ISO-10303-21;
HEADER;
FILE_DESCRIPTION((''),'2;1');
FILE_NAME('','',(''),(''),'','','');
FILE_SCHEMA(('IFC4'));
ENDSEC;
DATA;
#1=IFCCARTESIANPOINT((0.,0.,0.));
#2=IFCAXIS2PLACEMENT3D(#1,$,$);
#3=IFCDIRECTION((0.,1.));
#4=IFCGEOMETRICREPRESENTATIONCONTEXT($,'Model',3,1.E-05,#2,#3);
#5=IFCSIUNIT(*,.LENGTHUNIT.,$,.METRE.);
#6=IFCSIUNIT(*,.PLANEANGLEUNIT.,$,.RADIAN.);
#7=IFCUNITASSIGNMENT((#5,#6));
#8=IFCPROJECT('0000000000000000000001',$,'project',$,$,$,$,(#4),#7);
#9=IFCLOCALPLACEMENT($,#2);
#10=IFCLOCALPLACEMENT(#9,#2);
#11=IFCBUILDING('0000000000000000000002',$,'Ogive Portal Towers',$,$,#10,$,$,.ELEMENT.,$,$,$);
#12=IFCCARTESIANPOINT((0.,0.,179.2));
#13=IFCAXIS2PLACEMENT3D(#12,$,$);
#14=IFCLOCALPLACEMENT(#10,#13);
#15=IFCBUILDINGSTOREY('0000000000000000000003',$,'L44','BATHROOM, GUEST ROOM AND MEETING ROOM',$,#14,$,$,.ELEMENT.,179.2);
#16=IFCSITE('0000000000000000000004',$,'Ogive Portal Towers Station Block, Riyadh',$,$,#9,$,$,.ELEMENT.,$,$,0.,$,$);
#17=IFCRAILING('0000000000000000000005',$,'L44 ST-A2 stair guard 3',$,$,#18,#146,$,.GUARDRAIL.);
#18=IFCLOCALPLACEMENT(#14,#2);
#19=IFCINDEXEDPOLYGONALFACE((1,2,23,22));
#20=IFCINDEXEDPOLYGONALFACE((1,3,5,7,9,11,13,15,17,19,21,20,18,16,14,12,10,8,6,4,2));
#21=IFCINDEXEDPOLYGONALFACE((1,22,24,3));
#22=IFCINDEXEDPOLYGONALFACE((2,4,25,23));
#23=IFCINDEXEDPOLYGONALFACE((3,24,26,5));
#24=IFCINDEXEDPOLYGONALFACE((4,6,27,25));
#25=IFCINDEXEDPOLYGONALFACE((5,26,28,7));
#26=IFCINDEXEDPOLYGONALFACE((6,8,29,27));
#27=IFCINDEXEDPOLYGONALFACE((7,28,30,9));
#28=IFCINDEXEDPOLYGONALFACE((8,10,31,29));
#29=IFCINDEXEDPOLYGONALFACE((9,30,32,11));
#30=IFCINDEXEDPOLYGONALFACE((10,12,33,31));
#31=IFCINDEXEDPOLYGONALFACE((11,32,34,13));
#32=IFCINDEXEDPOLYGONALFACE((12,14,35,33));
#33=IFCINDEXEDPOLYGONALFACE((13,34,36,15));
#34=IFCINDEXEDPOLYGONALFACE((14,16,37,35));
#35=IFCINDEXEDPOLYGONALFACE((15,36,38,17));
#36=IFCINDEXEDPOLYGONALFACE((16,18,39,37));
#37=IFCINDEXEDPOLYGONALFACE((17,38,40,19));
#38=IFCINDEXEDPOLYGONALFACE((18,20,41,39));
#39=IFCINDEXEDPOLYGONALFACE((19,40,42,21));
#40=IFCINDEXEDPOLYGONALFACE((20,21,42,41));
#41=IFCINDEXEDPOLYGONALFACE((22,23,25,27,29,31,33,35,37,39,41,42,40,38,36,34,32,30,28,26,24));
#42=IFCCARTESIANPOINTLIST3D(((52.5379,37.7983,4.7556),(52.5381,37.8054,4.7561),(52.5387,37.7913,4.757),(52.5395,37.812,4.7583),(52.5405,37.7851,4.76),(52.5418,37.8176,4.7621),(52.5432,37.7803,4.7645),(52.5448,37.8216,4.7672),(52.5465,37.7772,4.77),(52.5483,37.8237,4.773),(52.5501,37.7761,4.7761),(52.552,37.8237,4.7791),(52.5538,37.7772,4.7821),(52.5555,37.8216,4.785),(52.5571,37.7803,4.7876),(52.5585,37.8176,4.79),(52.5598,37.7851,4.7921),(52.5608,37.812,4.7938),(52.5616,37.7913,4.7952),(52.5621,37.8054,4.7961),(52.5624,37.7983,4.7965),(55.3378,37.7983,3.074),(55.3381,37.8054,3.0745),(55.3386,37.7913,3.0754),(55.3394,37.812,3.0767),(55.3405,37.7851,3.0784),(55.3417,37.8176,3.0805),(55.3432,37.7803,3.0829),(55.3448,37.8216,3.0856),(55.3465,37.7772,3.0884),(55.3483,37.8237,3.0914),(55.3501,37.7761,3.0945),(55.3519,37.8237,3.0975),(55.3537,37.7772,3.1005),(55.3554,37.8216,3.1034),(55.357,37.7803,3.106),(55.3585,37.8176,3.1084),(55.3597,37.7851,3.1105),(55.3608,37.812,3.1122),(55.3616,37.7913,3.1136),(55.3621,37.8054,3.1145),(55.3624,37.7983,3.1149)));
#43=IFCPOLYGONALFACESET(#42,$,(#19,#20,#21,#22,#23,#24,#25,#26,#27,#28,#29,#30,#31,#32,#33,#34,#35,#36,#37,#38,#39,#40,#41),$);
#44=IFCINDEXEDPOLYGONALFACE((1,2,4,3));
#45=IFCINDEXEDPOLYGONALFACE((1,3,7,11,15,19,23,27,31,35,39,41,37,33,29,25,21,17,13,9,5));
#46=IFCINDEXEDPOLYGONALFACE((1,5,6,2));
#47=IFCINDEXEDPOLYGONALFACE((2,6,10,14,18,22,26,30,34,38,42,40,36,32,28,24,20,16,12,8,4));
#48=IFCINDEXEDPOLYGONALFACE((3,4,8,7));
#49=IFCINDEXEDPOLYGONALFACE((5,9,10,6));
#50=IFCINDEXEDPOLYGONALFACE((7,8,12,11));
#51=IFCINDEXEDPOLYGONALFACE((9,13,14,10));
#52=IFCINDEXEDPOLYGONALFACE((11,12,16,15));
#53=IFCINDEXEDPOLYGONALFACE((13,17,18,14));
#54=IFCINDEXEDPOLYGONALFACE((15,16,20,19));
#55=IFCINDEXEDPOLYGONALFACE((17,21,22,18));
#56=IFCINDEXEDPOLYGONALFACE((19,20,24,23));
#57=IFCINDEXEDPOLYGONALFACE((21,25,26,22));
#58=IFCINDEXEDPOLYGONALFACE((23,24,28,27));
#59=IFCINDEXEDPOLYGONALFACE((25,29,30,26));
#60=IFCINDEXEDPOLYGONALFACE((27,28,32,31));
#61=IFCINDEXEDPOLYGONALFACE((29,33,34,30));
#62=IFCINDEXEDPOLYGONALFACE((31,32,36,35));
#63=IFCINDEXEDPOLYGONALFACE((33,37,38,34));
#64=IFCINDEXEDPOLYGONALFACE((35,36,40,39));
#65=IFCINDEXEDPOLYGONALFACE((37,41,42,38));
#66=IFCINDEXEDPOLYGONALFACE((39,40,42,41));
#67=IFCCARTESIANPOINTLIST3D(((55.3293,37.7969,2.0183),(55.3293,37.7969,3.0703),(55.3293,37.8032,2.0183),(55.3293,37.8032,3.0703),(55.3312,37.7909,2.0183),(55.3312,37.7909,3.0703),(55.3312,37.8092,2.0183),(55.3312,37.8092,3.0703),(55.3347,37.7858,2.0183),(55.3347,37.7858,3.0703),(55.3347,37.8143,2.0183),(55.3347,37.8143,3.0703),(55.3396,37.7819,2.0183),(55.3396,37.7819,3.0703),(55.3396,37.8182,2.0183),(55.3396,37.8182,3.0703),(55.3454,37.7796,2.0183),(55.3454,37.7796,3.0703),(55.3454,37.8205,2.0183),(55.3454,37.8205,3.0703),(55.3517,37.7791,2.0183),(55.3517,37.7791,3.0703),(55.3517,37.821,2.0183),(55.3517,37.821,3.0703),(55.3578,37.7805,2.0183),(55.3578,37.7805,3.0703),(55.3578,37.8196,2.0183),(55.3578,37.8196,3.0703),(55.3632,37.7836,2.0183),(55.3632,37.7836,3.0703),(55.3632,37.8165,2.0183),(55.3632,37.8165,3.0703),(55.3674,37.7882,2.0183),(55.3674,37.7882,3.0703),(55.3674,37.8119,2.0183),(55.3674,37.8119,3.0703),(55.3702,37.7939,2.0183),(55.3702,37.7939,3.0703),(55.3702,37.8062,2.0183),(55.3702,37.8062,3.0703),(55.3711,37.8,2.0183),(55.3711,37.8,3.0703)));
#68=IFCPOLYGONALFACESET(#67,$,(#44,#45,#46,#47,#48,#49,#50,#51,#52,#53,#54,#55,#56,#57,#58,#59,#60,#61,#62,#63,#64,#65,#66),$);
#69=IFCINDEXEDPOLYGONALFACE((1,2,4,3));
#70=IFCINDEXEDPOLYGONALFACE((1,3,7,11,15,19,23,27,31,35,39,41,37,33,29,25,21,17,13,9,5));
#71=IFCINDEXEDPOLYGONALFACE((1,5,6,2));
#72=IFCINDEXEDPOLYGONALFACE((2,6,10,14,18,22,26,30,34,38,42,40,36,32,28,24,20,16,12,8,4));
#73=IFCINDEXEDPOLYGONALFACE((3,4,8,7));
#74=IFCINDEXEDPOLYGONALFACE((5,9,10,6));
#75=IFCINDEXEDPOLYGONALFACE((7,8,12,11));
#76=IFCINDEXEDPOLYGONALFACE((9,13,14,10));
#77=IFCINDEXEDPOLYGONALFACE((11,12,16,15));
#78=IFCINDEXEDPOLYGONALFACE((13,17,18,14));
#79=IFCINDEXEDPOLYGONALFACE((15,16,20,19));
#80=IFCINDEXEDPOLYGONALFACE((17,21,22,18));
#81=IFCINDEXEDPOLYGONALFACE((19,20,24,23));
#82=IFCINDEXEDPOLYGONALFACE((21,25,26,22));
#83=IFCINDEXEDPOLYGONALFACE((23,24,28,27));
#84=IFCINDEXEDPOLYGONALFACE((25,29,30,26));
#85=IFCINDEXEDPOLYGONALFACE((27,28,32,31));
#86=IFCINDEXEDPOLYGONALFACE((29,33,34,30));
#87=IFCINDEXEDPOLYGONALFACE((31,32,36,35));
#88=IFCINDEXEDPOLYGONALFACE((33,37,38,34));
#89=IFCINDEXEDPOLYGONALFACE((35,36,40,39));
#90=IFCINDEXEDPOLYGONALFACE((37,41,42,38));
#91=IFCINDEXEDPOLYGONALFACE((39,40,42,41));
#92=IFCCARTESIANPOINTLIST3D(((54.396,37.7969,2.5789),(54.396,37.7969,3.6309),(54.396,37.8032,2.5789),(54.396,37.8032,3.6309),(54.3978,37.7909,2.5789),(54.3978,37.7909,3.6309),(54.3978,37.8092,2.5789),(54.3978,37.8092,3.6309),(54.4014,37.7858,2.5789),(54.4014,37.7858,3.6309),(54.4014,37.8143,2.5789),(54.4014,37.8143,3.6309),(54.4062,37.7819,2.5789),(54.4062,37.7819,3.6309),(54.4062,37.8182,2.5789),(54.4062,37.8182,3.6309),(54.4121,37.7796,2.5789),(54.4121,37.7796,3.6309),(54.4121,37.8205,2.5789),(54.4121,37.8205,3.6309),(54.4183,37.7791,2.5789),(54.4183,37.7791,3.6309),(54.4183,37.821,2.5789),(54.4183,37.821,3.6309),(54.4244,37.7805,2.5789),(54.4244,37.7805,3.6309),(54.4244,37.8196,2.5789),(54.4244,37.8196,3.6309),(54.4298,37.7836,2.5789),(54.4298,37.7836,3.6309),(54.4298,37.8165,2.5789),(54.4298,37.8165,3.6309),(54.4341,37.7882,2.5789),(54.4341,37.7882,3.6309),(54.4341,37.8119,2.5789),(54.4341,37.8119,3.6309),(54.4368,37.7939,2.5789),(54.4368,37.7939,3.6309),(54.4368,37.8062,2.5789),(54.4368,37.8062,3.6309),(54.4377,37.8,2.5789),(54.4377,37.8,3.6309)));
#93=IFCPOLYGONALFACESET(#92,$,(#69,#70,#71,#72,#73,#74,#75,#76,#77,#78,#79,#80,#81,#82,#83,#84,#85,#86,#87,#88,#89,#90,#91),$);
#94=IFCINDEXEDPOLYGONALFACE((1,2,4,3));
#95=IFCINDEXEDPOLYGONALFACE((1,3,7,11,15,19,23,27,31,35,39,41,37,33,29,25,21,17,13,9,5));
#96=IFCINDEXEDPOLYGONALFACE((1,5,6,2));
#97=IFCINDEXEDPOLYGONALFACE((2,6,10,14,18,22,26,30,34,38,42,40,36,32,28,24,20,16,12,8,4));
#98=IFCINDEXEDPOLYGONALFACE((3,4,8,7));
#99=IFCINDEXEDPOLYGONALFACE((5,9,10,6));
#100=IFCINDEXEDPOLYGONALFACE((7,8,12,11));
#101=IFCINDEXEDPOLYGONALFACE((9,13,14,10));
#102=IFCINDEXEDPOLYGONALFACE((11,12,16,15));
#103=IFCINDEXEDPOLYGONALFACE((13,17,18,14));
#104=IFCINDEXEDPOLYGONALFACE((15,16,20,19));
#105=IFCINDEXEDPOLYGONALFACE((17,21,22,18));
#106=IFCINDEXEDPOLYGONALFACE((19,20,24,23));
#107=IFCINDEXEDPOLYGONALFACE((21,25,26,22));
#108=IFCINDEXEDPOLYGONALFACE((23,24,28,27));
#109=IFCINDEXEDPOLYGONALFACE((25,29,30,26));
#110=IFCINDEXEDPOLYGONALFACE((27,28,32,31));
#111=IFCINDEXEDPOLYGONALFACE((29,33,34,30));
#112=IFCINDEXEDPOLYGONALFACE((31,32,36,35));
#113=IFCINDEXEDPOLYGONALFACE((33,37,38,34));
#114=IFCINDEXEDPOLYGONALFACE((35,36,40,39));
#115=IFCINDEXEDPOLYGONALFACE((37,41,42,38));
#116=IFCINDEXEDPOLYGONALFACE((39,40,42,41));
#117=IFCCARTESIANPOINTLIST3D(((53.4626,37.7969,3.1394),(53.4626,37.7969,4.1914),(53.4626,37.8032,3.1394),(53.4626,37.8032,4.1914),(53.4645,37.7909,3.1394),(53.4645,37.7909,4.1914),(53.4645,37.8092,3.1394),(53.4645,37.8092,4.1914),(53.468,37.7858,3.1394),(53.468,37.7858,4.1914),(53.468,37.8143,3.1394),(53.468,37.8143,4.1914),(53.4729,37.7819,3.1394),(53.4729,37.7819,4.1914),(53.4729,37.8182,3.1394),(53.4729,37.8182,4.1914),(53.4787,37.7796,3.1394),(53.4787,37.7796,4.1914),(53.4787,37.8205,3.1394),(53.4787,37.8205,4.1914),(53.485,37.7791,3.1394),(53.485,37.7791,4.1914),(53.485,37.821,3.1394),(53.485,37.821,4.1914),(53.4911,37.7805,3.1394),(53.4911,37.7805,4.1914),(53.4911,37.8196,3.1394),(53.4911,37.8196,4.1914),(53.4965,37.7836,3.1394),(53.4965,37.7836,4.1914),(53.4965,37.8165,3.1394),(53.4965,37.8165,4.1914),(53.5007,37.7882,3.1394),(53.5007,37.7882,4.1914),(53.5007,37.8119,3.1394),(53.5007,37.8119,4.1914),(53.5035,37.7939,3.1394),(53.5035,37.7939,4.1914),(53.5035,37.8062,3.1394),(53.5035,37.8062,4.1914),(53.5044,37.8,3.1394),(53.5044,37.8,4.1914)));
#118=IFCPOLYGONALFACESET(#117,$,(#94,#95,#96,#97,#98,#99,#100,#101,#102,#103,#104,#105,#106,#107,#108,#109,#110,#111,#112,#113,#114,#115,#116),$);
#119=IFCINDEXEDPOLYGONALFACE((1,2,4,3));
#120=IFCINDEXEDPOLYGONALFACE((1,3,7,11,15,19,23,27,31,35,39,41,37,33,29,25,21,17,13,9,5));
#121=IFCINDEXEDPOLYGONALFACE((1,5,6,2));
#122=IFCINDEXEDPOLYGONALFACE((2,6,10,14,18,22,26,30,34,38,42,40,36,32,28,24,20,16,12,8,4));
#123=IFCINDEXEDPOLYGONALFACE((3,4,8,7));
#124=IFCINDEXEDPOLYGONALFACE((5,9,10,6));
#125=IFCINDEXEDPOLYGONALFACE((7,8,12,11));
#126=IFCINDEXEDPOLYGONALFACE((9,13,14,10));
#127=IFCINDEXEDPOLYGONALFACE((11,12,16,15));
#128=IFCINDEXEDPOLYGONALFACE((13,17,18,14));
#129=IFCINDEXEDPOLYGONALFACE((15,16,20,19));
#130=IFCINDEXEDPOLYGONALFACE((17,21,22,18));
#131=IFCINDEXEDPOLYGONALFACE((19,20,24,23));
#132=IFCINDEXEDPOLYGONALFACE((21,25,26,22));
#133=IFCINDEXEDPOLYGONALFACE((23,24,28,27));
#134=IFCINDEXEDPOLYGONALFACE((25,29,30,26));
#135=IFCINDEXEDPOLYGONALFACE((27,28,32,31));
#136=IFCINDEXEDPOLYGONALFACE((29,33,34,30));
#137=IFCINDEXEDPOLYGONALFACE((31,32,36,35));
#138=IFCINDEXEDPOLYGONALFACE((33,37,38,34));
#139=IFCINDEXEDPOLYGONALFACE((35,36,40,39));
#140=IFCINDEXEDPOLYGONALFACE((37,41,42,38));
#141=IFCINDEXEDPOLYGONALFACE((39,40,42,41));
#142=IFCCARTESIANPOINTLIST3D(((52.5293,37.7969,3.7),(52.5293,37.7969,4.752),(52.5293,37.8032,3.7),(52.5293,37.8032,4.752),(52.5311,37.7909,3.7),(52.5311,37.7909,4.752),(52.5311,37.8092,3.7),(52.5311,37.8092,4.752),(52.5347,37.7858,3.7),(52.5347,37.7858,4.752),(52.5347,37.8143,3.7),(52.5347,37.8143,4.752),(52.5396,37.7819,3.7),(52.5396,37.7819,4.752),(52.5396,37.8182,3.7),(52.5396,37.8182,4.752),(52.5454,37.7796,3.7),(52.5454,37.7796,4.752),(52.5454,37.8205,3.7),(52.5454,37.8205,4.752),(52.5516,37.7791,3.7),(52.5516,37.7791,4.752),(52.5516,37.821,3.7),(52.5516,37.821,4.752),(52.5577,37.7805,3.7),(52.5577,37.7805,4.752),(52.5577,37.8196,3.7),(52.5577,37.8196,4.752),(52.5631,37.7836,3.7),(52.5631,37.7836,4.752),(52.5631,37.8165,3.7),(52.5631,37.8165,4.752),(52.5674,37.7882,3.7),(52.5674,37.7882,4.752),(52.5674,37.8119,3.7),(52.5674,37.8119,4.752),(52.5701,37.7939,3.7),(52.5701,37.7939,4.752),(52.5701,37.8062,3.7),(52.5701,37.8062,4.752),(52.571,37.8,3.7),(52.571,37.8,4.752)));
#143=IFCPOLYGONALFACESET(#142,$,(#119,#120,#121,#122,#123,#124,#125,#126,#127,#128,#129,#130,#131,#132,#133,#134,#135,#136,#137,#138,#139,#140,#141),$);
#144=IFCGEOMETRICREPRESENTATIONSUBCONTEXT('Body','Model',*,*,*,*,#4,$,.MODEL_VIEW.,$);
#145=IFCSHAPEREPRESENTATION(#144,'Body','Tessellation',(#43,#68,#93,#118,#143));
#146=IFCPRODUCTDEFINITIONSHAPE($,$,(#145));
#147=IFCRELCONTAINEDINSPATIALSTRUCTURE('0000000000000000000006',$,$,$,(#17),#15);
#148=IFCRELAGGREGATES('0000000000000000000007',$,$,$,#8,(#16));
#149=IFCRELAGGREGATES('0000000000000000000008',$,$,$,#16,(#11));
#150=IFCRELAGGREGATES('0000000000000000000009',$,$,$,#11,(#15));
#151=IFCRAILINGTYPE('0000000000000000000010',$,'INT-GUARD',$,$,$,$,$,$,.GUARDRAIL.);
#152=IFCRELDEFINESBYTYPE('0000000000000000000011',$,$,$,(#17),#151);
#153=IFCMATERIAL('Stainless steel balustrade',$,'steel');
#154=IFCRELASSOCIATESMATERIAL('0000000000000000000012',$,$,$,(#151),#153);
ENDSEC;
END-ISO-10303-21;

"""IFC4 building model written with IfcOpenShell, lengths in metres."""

from ifc_helpers import new_model, si_unit, direction, frame, origin, origin_2d, place, context, subcontext, project, spatial, circle, extrude, material, type_object, element, save


model = new_model("IFC4")

# Units and contexts
model_context = context("Model", 3, precision=1e-05, world=origin(), true_north=direction((0.0, 1.0)))
body_context = subcontext(model_context, "Body", "Model", "MODEL_VIEW")
ifc_project = project(units=[si_unit("LENGTHUNIT", "METRE"), si_unit("PLANEANGLEUNIT", "RADIAN")], contexts=[model_context])

# Site, building, storey
site_placement = place(None, origin())
site = spatial("IfcSite", under=ifc_project, at=site_placement, Name="Ogive Portal Towers Station Block, Riyadh", CompositionType="ELEMENT", RefElevation=0.0)
building_placement = place(site_placement, origin())
building = spatial("IfcBuilding", under=site, at=building_placement, Name="Ogive Portal Towers", CompositionType="ELEMENT")
storey_placement = place(building_placement, frame((0.0, 0.0, 179.2)))
storey = spatial("IfcBuildingStorey", under=building, at=storey_placement, Name="L44", Description="BATHROOM, GUEST ROOM AND MEETING ROOM", CompositionType="ELEMENT", Elevation=179.2)

# Railing
ifc_material_1 = material(Name="Stainless steel balustrade", Category="steel")
railing_type_1 = type_object("IfcRailingType", Name="INT-GUARD", PredefinedType="GUARDRAIL", material=ifc_material_1)
railing_1_placement = place(storey_placement, frame((55.3501, 37.8, 2.0183)))
element("IfcRailing", 1, at=railing_1_placement, inside=storey, type_object=railing_type_1, Name="L44 ST-A2 stair guard 3", PredefinedType="GUARDRAIL", context=body_context, shape_type="SweptSolid", body=[
    extrude(circle(Radius=0.0239, at=origin_2d()), frame((0.0, 0.0, 1.0762), z_axis=(-0.857275, 0.0, 0.514858), x_axis=(0.0, -1.0, 0.0)), (0.0, 0.0, 1.0), 3.2661),
    extrude(circle(Radius=0.021, at=origin_2d()), origin(), (0.0, 0.0, 1.0), 1.052),
    extrude(circle(Radius=0.021, at=origin_2d()), frame((-0.9333, 0.0, 0.5605)), (0.0, 0.0, 1.0), 1.052),
    extrude(circle(Radius=0.021, at=origin_2d()), frame((-1.8667, 0.0, 1.1211)), (0.0, 0.0, 1.0), 1.052),
    extrude(circle(Radius=0.021, at=origin_2d()), frame((-2.8, 0.0, 1.6816)), (0.0, 0.0, 1.0), 1.052),
])

save(model, "model.ifc")
